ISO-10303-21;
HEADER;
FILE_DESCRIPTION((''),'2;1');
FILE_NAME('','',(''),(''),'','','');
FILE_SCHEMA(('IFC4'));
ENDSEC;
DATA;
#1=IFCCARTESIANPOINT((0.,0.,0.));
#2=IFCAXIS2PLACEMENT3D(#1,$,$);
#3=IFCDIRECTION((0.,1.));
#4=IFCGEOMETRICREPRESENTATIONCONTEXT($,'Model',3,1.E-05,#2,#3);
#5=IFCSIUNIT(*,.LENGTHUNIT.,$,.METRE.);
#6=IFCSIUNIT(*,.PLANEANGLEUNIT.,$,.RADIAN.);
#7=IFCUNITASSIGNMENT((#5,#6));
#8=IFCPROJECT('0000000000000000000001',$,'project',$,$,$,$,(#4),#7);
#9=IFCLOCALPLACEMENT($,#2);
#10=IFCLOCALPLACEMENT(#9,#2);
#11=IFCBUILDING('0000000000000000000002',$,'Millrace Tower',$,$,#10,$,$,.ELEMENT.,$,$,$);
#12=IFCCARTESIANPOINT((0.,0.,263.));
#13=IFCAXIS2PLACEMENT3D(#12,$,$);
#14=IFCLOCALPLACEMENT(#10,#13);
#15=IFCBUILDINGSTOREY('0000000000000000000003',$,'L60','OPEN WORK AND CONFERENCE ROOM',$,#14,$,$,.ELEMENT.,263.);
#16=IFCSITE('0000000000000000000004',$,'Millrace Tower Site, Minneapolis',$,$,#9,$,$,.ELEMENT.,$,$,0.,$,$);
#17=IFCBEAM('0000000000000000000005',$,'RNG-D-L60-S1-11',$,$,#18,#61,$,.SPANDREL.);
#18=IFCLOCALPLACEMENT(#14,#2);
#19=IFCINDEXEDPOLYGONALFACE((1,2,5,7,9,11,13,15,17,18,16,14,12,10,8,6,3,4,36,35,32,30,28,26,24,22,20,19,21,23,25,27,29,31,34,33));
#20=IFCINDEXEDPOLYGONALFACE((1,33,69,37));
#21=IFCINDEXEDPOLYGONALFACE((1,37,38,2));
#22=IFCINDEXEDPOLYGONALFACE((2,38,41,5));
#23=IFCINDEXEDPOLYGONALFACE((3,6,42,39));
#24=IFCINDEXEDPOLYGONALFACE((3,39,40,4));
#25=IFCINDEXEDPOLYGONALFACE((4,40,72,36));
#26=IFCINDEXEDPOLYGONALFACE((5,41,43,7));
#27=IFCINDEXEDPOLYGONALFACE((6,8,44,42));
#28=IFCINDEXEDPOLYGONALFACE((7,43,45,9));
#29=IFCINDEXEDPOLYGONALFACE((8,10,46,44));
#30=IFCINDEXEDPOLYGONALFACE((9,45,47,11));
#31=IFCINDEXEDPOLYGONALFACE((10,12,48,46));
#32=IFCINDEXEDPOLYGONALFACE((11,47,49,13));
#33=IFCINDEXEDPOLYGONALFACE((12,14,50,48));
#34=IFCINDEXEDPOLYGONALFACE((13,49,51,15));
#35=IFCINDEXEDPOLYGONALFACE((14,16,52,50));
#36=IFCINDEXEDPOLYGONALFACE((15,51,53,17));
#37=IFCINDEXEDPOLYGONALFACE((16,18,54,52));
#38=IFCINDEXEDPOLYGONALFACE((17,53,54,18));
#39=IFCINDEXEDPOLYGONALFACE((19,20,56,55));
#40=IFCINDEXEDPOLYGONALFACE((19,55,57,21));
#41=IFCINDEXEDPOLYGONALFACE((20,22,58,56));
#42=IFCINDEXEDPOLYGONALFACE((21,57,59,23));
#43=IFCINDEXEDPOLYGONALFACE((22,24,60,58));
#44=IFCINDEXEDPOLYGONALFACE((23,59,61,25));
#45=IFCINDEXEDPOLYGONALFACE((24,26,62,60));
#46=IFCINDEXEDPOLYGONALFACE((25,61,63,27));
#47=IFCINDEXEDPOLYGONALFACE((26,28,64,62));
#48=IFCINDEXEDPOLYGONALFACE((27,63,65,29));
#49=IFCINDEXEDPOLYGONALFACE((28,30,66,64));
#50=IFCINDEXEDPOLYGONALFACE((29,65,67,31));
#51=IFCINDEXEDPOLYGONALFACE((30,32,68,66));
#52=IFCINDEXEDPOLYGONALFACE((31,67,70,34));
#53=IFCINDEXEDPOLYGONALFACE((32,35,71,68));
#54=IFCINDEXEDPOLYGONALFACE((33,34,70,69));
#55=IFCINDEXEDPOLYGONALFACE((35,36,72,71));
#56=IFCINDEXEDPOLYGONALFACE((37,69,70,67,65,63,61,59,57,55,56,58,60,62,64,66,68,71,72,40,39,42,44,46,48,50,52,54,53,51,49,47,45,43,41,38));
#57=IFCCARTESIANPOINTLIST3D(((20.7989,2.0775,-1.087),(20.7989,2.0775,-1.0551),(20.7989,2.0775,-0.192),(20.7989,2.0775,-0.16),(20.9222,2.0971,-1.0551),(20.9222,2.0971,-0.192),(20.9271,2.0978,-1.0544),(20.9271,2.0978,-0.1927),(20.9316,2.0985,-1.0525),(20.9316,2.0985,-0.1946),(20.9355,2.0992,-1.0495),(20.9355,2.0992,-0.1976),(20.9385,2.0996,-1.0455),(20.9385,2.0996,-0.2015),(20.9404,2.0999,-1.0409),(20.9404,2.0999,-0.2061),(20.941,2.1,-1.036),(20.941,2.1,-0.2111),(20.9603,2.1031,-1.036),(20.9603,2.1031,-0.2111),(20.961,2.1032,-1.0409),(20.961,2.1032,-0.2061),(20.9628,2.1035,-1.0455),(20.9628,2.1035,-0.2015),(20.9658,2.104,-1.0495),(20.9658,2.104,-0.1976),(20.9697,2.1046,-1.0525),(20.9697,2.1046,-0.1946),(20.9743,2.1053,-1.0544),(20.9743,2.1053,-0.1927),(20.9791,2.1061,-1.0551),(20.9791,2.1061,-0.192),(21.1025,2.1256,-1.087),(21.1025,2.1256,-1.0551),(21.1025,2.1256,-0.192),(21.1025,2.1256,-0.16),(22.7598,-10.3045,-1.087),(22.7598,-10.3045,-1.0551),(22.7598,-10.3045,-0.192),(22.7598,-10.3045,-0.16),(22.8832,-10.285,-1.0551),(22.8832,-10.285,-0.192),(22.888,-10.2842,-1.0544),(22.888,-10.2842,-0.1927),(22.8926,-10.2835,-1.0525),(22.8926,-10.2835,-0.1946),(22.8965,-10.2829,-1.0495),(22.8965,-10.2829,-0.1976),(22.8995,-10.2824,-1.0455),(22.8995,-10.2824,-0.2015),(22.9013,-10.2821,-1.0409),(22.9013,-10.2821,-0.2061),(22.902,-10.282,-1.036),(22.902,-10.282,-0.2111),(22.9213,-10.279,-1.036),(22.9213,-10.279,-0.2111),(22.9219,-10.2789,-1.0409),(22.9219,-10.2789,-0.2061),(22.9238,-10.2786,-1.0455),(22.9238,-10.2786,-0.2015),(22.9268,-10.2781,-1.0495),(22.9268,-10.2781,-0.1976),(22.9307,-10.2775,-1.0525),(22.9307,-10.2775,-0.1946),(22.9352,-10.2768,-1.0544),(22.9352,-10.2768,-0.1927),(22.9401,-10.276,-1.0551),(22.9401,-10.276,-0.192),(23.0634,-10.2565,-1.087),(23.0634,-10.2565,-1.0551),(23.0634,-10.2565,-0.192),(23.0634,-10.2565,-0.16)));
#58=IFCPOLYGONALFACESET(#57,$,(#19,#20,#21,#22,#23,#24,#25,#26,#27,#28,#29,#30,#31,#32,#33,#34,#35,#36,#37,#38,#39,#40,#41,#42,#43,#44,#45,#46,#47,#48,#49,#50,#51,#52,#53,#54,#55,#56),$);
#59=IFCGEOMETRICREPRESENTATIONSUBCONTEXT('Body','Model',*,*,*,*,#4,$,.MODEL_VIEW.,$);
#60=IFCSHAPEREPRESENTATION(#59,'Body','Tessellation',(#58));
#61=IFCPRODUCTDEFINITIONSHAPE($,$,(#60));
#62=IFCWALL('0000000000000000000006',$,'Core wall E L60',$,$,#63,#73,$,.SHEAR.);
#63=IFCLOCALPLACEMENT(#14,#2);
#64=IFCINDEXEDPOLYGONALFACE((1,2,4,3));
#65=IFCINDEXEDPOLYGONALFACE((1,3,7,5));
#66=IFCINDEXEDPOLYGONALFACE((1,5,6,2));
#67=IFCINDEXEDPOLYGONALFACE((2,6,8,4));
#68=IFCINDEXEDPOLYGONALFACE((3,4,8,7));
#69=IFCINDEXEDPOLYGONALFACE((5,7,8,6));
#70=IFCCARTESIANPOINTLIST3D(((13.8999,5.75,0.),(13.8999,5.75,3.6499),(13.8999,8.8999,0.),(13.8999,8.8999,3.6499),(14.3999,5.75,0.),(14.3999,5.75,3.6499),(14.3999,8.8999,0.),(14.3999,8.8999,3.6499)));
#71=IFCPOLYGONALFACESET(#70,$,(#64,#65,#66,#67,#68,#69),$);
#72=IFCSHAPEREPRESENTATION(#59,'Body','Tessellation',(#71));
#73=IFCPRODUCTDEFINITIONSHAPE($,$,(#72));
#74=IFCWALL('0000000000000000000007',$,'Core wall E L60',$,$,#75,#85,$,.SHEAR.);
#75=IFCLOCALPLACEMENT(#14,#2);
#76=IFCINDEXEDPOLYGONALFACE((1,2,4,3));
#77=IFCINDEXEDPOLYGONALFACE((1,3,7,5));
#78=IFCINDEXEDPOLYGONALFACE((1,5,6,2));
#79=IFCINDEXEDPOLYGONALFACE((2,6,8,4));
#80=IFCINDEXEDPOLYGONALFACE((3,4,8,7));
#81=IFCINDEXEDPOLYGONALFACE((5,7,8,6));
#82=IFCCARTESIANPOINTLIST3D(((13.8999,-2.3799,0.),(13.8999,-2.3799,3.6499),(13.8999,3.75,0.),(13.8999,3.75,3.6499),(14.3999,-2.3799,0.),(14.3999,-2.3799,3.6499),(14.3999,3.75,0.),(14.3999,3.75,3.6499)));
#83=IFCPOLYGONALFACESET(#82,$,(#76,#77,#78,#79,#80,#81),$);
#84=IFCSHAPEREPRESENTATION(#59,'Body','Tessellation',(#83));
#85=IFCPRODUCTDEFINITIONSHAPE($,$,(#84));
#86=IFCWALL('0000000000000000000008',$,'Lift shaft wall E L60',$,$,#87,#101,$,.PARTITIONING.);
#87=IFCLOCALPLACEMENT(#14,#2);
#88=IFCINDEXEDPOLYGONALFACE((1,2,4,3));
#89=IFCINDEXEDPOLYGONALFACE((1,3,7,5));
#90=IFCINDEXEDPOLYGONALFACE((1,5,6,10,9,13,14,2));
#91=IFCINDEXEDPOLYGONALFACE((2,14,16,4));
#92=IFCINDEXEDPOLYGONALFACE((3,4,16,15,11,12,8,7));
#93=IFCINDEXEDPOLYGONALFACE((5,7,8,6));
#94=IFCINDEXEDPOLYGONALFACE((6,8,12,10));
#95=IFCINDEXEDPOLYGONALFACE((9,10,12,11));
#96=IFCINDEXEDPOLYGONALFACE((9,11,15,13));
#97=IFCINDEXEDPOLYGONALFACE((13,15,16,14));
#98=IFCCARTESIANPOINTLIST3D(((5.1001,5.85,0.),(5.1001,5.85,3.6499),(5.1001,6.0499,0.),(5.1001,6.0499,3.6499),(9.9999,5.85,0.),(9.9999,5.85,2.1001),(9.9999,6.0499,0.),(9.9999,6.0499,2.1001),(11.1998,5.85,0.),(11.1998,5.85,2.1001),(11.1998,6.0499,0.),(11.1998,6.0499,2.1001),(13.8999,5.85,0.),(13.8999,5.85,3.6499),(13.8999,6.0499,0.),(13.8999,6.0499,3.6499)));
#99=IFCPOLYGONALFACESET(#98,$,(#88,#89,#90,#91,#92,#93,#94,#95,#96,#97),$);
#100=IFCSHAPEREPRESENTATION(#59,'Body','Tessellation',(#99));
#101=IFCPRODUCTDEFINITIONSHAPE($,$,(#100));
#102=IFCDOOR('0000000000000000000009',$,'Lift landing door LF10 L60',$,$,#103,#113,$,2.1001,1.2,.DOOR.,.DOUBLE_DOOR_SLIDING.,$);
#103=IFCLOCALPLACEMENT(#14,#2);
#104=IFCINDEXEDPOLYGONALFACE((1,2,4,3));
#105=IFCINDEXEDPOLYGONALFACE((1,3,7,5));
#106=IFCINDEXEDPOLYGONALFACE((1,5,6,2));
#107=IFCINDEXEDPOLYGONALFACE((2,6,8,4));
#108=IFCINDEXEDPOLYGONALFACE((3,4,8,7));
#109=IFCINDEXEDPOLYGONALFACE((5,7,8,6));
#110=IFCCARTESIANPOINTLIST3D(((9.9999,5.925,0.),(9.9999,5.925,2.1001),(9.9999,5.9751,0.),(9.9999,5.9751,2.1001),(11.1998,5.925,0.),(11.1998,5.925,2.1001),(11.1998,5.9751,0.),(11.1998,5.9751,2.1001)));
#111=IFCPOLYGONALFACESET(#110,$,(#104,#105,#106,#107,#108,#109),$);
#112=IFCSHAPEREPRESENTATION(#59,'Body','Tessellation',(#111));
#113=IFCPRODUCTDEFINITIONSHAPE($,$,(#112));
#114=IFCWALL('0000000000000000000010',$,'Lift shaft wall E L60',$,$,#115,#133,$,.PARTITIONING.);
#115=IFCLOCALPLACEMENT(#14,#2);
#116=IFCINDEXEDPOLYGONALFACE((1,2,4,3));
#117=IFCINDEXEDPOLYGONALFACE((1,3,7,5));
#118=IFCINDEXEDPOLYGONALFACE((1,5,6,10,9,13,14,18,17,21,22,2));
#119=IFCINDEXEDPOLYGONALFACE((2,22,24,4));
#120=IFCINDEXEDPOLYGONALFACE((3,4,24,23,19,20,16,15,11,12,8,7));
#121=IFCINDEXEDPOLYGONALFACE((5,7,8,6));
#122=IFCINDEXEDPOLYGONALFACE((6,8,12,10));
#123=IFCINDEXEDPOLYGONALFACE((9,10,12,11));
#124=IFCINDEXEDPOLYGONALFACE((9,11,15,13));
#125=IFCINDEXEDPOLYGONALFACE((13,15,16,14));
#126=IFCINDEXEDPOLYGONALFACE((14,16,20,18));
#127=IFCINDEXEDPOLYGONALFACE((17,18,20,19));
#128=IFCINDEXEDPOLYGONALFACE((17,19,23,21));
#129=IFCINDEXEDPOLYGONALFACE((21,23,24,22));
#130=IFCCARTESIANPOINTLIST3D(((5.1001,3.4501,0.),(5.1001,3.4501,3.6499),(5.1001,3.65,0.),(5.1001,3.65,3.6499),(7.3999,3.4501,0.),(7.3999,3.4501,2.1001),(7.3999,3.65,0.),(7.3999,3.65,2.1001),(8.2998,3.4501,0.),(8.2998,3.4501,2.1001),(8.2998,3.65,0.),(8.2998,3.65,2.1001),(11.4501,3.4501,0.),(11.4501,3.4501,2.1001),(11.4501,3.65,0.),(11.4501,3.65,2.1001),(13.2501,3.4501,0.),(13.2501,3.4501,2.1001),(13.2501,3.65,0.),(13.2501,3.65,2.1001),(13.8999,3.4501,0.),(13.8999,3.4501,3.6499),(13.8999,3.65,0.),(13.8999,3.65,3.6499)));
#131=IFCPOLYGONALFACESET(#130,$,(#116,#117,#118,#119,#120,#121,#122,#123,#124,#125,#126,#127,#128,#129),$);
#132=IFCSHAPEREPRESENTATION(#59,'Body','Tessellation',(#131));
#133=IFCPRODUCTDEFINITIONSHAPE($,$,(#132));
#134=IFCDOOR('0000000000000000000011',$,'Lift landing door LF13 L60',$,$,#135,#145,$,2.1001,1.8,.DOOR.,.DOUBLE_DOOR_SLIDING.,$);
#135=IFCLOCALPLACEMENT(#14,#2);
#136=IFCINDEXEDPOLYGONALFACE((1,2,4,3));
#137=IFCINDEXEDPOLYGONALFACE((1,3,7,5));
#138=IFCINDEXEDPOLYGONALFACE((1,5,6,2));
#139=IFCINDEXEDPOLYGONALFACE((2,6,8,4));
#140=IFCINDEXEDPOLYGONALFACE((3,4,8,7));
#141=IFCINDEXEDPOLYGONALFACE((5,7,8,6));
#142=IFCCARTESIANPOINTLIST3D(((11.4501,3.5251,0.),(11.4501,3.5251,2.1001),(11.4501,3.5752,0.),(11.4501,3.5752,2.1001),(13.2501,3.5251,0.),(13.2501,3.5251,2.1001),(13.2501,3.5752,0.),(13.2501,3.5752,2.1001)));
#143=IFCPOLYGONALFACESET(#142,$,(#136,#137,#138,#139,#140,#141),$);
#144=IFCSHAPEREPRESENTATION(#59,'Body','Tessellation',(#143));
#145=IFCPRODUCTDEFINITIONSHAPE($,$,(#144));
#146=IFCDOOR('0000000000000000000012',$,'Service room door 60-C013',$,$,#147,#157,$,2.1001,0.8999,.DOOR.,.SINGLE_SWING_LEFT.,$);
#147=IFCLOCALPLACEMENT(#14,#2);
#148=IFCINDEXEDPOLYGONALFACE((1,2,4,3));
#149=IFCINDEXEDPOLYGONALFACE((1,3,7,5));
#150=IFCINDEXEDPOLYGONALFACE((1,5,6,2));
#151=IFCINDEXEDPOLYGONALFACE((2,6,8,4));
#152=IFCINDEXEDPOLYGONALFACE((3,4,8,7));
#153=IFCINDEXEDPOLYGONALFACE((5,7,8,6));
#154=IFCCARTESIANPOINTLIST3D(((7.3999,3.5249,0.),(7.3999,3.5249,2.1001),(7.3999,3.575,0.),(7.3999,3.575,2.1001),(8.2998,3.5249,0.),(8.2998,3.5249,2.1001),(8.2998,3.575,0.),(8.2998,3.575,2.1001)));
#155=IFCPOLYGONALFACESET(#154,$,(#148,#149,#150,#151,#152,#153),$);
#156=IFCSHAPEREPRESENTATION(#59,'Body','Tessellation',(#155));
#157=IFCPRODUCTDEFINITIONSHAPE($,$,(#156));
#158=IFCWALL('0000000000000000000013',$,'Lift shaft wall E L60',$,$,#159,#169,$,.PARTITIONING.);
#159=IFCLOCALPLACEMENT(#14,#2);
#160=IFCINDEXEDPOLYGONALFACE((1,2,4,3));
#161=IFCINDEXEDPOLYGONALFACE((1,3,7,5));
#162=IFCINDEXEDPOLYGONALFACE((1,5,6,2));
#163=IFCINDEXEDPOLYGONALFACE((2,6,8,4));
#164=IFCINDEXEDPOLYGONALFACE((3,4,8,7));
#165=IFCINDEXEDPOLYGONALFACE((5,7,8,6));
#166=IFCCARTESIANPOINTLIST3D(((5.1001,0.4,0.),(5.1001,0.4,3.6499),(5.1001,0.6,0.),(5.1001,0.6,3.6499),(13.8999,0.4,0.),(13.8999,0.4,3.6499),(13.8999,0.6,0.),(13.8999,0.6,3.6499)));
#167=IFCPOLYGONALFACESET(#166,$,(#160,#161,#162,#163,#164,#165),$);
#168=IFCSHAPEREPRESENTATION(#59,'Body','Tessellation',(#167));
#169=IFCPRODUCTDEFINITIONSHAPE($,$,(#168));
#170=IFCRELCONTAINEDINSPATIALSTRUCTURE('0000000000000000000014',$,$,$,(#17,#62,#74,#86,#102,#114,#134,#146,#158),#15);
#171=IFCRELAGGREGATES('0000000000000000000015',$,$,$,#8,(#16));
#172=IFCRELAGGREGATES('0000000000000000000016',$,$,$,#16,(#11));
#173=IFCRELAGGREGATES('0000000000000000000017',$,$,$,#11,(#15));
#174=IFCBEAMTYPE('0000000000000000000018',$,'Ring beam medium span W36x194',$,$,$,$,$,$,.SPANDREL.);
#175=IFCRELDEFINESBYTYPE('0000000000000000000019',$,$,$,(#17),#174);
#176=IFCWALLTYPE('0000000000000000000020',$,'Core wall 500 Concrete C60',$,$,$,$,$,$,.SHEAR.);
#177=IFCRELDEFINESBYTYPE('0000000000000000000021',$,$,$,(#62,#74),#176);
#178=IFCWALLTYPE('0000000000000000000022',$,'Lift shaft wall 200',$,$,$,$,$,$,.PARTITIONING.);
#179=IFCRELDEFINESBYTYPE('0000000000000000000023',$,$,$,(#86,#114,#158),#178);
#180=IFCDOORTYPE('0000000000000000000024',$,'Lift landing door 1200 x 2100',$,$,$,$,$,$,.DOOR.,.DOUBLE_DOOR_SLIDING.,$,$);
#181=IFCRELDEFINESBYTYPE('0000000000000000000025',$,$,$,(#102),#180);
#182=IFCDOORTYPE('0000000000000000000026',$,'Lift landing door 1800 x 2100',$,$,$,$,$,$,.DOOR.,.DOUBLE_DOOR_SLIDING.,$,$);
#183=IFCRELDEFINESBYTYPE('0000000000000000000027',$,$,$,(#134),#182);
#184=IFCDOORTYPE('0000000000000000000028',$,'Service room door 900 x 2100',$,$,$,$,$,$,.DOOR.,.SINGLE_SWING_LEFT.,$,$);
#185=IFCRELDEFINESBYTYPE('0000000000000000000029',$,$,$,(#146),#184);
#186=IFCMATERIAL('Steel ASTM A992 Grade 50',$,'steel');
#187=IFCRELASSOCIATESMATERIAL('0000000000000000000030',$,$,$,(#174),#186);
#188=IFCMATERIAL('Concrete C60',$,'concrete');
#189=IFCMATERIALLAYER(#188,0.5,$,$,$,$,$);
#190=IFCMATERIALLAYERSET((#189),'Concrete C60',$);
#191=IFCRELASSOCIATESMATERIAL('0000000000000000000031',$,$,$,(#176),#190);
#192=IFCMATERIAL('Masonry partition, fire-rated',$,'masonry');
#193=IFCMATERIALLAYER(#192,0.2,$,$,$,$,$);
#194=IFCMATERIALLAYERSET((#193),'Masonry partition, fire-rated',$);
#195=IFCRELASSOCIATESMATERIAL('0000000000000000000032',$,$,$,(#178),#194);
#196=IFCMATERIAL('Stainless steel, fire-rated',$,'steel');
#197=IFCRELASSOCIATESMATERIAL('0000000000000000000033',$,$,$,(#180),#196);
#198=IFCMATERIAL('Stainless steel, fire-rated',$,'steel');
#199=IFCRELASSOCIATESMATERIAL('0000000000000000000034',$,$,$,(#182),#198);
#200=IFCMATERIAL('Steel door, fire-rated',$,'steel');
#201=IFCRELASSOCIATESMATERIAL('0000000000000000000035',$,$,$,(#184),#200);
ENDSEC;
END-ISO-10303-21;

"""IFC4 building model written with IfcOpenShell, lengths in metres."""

from ifc_helpers import new_model, si_unit, direction, frame, frame_2d, origin, origin_2d, place, context, subcontext, project, spatial, rectangle, i_section, extrude, material, layer, layer_set, material_profile, profile_set, type_object, element, fill, save


model = new_model("IFC4")

# Units and contexts
model_context = context("Model", 3, precision=1e-05, world=origin(), true_north=direction((0.0, 1.0)))
body_context = subcontext(model_context, "Body", "Model", "MODEL_VIEW")
ifc_project = project(units=[si_unit("LENGTHUNIT", "METRE"), si_unit("PLANEANGLEUNIT", "RADIAN")], contexts=[model_context])

# Site, building, storey
site_placement = place(None, origin())
site = spatial("IfcSite", under=ifc_project, at=site_placement, Name="Millrace Tower Site, Minneapolis", CompositionType="ELEMENT", RefElevation=0.0)
building_placement = place(site_placement, origin())
building = spatial("IfcBuilding", under=site, at=building_placement, Name="Millrace Tower", CompositionType="ELEMENT")
storey_placement = place(building_placement, frame((0.0, 0.0, 263.0)))
storey = spatial("IfcBuildingStorey", under=building, at=storey_placement, Name="L60", Description="OPEN WORK AND CONFERENCE ROOM", CompositionType="ELEMENT", Elevation=263.0)

# Beam
ifc_material_1 = material(Name="Steel ASTM A992 Grade 50", Category="steel")
ifc_material_profile_1 = material_profile(ifc_material_1, i_section(OverallWidth=0.3074, OverallDepth=0.927, WebThickness=0.0195, FlangeThickness=0.032, FilletRadius=0.019, at=origin_2d()))
ifc_profile_set_1 = profile_set([ifc_material_profile_1], Name="Steel ASTM A992 Grade 50")
beam_type_1 = type_object("IfcBeamType", Name="Ring beam medium span W36x194", PredefinedType="SPANDREL", material=ifc_profile_set_1)
beam_1_placement = place(storey_placement, frame((20.9507, 2.1016, -0.6235), z_axis=(0.15642, -0.987691, 0.0), x_axis=(0.987691, 0.15642, 0.0)))
element("IfcBeam", 1, at=beam_1_placement, inside=storey, type_object=beam_type_1, Name="RNG-D-L60-S1-11", PredefinedType="SPANDREL", context=body_context, shape_type="SweptSolid", body=[
    extrude(i_section(OverallWidth=0.3074, OverallDepth=0.927, WebThickness=0.0195, FlangeThickness=0.032, FilletRadius=0.019, at=origin_2d()), origin(), (0.0, 0.0, 1.0), 12.5364),
])

# Walls
ifc_material_2 = material(Name="Concrete C60", Category="concrete")
ifc_layer_1 = layer(ifc_material_2, 0.5)
ifc_layer_set_1 = layer_set([ifc_layer_1], Name="Concrete C60")
wall_type_1 = type_object("IfcWallType", Name="Core wall 500 Concrete C60", PredefinedType="SHEAR", material=ifc_layer_set_1)
wall_1_placement = place(storey_placement, frame((14.1499, 8.8999, 0.0), z_axis=(0.0, 0.0, 1.0), x_axis=(0.0, -1.0, 0.0)))
element("IfcWall", 2, at=wall_1_placement, inside=storey, type_object=wall_type_1, Name="Core wall E L60", PredefinedType="SHEAR", context=body_context, shape_type="SweptSolid", body=[
    extrude(rectangle(XDim=3.1499, YDim=0.5, at=frame_2d((1.575, 0.0))), origin(), (0.0, 0.0, 1.0), 3.6499),
])
wall_2_placement = place(storey_placement, frame((14.1499, 3.75, 0.0), z_axis=(0.0, 0.0, 1.0), x_axis=(0.0, -1.0, 0.0)))
element("IfcWall", 3, at=wall_2_placement, inside=storey, type_object=wall_type_1, Name="Core wall E L60", PredefinedType="SHEAR", context=body_context, shape_type="SweptSolid", body=[
    extrude(rectangle(XDim=6.1299, YDim=0.5, at=frame_2d((3.0649, 0.0))), origin(), (0.0, 0.0, 1.0), 3.6499),
])

# Wall, opening, door
ifc_material_3 = material(Name="Masonry partition, fire-rated", Category="masonry")
ifc_layer_2 = layer(ifc_material_3, 0.2)
ifc_layer_set_2 = layer_set([ifc_layer_2], Name="Masonry partition, fire-rated")
wall_type_2 = type_object("IfcWallType", Name="Lift shaft wall 200", PredefinedType="PARTITIONING", material=ifc_layer_set_2)
wall_3_placement = place(storey_placement, frame((13.8999, 5.95, 0.0), z_axis=(0.0, 0.0, 1.0), x_axis=(-1.0, 0.0, 0.0)))
wall_3 = element("IfcWall", 4, at=wall_3_placement, inside=storey, type_object=wall_type_2, Name="Lift shaft wall E L60", PredefinedType="PARTITIONING", context=body_context, shape_type="SweptSolid", body=[
    extrude(rectangle(XDim=8.7998, YDim=0.2, at=frame_2d((4.3999, 0.0))), origin(), (0.0, 0.0, 1.0), 3.6499),
])
opening_1_placement = place(wall_3_placement, frame((2.7, 0.0, 0.0)))
opening_1 = element("IfcOpeningElement", 5, at=opening_1_placement, cuts=wall_3, PredefinedType="OPENING", context=body_context, shape_type="SweptSolid", body=[
    extrude(rectangle(XDim=1.2, YDim=2.1001, at=frame_2d((0.6001, 1.05))), frame((0.0, 0.1099, 0.0), z_axis=(0.0, -1.0, 0.0), x_axis=(1.0, 0.0, 0.0)), (0.0, 0.0, 1.0), 0.22),
])
ifc_material_4 = material(Name="Stainless steel, fire-rated", Category="steel")
door_type_1 = type_object("IfcDoorType", Name="Lift landing door 1200 x 2100", OperationType="DOUBLE_DOOR_SLIDING", PredefinedType="DOOR", material=ifc_material_4)
door_1_placement = place(opening_1_placement, origin())
door_1 = element("IfcDoor", 6, at=door_1_placement, inside=storey, type_object=door_type_1, Name="Lift landing door LF10 L60", OperationType="DOUBLE_DOOR_SLIDING", OverallHeight=2.1001, OverallWidth=1.2, PredefinedType="DOOR", context=body_context, shape_type="SweptSolid", body=[
    extrude(rectangle(XDim=1.2, YDim=2.1001, at=frame_2d((0.6001, 1.05))), frame((0.0, 0.0249, 0.0), z_axis=(0.0, -1.0, 0.0), x_axis=(1.0, 0.0, 0.0)), (0.0, 0.0, 1.0), 0.05),
])
fill(opening_1, door_1)

# Wall, openings, doors
wall_4_placement = place(storey_placement, frame((13.8999, 3.55, 0.0), z_axis=(0.0, 0.0, 1.0), x_axis=(-1.0, 0.0, 0.0)))
wall_4 = element("IfcWall", 7, at=wall_4_placement, inside=storey, type_object=wall_type_2, Name="Lift shaft wall E L60", PredefinedType="PARTITIONING", context=body_context, shape_type="SweptSolid", body=[
    extrude(rectangle(XDim=8.7998, YDim=0.2, at=frame_2d((4.3999, 0.0))), origin(), (0.0, 0.0, 1.0), 3.6499),
])
opening_2_placement = place(wall_4_placement, frame((0.6499, 0.0, 0.0)))
opening_2 = element("IfcOpeningElement", 8, at=opening_2_placement, cuts=wall_4, PredefinedType="OPENING", context=body_context, shape_type="SweptSolid", body=[
    extrude(rectangle(XDim=1.8, YDim=2.1001, at=frame_2d((0.8999, 1.05))), frame((0.0, 0.1099, 0.0), z_axis=(0.0, -1.0, 0.0), x_axis=(1.0, 0.0, 0.0)), (0.0, 0.0, 1.0), 0.22),
])
opening_3_placement = place(wall_4_placement, frame((5.6001, 0.0, 0.0)))
opening_3 = element("IfcOpeningElement", 9, at=opening_3_placement, cuts=wall_4, PredefinedType="OPENING", context=body_context, shape_type="SweptSolid", body=[
    extrude(rectangle(XDim=0.8999, YDim=2.1001, at=frame_2d((0.45, 1.05))), frame((0.0, 0.1099, 0.0), z_axis=(0.0, -1.0, 0.0), x_axis=(1.0, 0.0, 0.0)), (0.0, 0.0, 1.0), 0.22),
])
ifc_material_5 = material(Name="Stainless steel, fire-rated", Category="steel")
door_type_2 = type_object("IfcDoorType", Name="Lift landing door 1800 x 2100", OperationType="DOUBLE_DOOR_SLIDING", PredefinedType="DOOR", material=ifc_material_5)
door_2_placement = place(opening_2_placement, origin())
door_2 = element("IfcDoor", 10, at=door_2_placement, inside=storey, type_object=door_type_2, Name="Lift landing door LF13 L60", OperationType="DOUBLE_DOOR_SLIDING", OverallHeight=2.1001, OverallWidth=1.8, PredefinedType="DOOR", context=body_context, shape_type="SweptSolid", body=[
    extrude(rectangle(XDim=1.8, YDim=2.1001, at=frame_2d((0.8999, 1.05))), frame((0.0, 0.0249, 0.0), z_axis=(0.0, -1.0, 0.0), x_axis=(1.0, 0.0, 0.0)), (0.0, 0.0, 1.0), 0.05),
])
fill(opening_2, door_2)
ifc_material_6 = material(Name="Steel door, fire-rated", Category="steel")
door_type_3 = type_object("IfcDoorType", Name="Service room door 900 x 2100", OperationType="SINGLE_SWING_LEFT", PredefinedType="DOOR", material=ifc_material_6)
door_3_placement = place(opening_3_placement, frame((0.8999, 0.0, 0.0), z_axis=(0.0, 0.0, 1.0), x_axis=(-1.0, 0.0, 0.0)))
door_3 = element("IfcDoor", 11, at=door_3_placement, inside=storey, type_object=door_type_3, Name="Service room door 60-C013", OperationType="SINGLE_SWING_LEFT", OverallHeight=2.1001, OverallWidth=0.8999, PredefinedType="DOOR", context=body_context, shape_type="SweptSolid", body=[
    extrude(rectangle(XDim=0.8999, YDim=2.1001, at=frame_2d((0.45, 1.05))), frame((0.0, 0.0249, 0.0), z_axis=(0.0, -1.0, 0.0), x_axis=(1.0, 0.0, 0.0)), (0.0, 0.0, 1.0), 0.05),
])
fill(opening_3, door_3)

# Wall
wall_5_placement = place(storey_placement, frame((13.8999, 0.5, 0.0), z_axis=(0.0, 0.0, 1.0), x_axis=(-1.0, 0.0, 0.0)))
element("IfcWall", 12, at=wall_5_placement, inside=storey, type_object=wall_type_2, Name="Lift shaft wall E L60", PredefinedType="PARTITIONING", context=body_context, shape_type="SweptSolid", body=[
    extrude(rectangle(XDim=8.7998, YDim=0.2, at=frame_2d((4.3999, 0.0))), origin(), (0.0, 0.0, 1.0), 3.6499),
])

save(model, "model.ifc")
